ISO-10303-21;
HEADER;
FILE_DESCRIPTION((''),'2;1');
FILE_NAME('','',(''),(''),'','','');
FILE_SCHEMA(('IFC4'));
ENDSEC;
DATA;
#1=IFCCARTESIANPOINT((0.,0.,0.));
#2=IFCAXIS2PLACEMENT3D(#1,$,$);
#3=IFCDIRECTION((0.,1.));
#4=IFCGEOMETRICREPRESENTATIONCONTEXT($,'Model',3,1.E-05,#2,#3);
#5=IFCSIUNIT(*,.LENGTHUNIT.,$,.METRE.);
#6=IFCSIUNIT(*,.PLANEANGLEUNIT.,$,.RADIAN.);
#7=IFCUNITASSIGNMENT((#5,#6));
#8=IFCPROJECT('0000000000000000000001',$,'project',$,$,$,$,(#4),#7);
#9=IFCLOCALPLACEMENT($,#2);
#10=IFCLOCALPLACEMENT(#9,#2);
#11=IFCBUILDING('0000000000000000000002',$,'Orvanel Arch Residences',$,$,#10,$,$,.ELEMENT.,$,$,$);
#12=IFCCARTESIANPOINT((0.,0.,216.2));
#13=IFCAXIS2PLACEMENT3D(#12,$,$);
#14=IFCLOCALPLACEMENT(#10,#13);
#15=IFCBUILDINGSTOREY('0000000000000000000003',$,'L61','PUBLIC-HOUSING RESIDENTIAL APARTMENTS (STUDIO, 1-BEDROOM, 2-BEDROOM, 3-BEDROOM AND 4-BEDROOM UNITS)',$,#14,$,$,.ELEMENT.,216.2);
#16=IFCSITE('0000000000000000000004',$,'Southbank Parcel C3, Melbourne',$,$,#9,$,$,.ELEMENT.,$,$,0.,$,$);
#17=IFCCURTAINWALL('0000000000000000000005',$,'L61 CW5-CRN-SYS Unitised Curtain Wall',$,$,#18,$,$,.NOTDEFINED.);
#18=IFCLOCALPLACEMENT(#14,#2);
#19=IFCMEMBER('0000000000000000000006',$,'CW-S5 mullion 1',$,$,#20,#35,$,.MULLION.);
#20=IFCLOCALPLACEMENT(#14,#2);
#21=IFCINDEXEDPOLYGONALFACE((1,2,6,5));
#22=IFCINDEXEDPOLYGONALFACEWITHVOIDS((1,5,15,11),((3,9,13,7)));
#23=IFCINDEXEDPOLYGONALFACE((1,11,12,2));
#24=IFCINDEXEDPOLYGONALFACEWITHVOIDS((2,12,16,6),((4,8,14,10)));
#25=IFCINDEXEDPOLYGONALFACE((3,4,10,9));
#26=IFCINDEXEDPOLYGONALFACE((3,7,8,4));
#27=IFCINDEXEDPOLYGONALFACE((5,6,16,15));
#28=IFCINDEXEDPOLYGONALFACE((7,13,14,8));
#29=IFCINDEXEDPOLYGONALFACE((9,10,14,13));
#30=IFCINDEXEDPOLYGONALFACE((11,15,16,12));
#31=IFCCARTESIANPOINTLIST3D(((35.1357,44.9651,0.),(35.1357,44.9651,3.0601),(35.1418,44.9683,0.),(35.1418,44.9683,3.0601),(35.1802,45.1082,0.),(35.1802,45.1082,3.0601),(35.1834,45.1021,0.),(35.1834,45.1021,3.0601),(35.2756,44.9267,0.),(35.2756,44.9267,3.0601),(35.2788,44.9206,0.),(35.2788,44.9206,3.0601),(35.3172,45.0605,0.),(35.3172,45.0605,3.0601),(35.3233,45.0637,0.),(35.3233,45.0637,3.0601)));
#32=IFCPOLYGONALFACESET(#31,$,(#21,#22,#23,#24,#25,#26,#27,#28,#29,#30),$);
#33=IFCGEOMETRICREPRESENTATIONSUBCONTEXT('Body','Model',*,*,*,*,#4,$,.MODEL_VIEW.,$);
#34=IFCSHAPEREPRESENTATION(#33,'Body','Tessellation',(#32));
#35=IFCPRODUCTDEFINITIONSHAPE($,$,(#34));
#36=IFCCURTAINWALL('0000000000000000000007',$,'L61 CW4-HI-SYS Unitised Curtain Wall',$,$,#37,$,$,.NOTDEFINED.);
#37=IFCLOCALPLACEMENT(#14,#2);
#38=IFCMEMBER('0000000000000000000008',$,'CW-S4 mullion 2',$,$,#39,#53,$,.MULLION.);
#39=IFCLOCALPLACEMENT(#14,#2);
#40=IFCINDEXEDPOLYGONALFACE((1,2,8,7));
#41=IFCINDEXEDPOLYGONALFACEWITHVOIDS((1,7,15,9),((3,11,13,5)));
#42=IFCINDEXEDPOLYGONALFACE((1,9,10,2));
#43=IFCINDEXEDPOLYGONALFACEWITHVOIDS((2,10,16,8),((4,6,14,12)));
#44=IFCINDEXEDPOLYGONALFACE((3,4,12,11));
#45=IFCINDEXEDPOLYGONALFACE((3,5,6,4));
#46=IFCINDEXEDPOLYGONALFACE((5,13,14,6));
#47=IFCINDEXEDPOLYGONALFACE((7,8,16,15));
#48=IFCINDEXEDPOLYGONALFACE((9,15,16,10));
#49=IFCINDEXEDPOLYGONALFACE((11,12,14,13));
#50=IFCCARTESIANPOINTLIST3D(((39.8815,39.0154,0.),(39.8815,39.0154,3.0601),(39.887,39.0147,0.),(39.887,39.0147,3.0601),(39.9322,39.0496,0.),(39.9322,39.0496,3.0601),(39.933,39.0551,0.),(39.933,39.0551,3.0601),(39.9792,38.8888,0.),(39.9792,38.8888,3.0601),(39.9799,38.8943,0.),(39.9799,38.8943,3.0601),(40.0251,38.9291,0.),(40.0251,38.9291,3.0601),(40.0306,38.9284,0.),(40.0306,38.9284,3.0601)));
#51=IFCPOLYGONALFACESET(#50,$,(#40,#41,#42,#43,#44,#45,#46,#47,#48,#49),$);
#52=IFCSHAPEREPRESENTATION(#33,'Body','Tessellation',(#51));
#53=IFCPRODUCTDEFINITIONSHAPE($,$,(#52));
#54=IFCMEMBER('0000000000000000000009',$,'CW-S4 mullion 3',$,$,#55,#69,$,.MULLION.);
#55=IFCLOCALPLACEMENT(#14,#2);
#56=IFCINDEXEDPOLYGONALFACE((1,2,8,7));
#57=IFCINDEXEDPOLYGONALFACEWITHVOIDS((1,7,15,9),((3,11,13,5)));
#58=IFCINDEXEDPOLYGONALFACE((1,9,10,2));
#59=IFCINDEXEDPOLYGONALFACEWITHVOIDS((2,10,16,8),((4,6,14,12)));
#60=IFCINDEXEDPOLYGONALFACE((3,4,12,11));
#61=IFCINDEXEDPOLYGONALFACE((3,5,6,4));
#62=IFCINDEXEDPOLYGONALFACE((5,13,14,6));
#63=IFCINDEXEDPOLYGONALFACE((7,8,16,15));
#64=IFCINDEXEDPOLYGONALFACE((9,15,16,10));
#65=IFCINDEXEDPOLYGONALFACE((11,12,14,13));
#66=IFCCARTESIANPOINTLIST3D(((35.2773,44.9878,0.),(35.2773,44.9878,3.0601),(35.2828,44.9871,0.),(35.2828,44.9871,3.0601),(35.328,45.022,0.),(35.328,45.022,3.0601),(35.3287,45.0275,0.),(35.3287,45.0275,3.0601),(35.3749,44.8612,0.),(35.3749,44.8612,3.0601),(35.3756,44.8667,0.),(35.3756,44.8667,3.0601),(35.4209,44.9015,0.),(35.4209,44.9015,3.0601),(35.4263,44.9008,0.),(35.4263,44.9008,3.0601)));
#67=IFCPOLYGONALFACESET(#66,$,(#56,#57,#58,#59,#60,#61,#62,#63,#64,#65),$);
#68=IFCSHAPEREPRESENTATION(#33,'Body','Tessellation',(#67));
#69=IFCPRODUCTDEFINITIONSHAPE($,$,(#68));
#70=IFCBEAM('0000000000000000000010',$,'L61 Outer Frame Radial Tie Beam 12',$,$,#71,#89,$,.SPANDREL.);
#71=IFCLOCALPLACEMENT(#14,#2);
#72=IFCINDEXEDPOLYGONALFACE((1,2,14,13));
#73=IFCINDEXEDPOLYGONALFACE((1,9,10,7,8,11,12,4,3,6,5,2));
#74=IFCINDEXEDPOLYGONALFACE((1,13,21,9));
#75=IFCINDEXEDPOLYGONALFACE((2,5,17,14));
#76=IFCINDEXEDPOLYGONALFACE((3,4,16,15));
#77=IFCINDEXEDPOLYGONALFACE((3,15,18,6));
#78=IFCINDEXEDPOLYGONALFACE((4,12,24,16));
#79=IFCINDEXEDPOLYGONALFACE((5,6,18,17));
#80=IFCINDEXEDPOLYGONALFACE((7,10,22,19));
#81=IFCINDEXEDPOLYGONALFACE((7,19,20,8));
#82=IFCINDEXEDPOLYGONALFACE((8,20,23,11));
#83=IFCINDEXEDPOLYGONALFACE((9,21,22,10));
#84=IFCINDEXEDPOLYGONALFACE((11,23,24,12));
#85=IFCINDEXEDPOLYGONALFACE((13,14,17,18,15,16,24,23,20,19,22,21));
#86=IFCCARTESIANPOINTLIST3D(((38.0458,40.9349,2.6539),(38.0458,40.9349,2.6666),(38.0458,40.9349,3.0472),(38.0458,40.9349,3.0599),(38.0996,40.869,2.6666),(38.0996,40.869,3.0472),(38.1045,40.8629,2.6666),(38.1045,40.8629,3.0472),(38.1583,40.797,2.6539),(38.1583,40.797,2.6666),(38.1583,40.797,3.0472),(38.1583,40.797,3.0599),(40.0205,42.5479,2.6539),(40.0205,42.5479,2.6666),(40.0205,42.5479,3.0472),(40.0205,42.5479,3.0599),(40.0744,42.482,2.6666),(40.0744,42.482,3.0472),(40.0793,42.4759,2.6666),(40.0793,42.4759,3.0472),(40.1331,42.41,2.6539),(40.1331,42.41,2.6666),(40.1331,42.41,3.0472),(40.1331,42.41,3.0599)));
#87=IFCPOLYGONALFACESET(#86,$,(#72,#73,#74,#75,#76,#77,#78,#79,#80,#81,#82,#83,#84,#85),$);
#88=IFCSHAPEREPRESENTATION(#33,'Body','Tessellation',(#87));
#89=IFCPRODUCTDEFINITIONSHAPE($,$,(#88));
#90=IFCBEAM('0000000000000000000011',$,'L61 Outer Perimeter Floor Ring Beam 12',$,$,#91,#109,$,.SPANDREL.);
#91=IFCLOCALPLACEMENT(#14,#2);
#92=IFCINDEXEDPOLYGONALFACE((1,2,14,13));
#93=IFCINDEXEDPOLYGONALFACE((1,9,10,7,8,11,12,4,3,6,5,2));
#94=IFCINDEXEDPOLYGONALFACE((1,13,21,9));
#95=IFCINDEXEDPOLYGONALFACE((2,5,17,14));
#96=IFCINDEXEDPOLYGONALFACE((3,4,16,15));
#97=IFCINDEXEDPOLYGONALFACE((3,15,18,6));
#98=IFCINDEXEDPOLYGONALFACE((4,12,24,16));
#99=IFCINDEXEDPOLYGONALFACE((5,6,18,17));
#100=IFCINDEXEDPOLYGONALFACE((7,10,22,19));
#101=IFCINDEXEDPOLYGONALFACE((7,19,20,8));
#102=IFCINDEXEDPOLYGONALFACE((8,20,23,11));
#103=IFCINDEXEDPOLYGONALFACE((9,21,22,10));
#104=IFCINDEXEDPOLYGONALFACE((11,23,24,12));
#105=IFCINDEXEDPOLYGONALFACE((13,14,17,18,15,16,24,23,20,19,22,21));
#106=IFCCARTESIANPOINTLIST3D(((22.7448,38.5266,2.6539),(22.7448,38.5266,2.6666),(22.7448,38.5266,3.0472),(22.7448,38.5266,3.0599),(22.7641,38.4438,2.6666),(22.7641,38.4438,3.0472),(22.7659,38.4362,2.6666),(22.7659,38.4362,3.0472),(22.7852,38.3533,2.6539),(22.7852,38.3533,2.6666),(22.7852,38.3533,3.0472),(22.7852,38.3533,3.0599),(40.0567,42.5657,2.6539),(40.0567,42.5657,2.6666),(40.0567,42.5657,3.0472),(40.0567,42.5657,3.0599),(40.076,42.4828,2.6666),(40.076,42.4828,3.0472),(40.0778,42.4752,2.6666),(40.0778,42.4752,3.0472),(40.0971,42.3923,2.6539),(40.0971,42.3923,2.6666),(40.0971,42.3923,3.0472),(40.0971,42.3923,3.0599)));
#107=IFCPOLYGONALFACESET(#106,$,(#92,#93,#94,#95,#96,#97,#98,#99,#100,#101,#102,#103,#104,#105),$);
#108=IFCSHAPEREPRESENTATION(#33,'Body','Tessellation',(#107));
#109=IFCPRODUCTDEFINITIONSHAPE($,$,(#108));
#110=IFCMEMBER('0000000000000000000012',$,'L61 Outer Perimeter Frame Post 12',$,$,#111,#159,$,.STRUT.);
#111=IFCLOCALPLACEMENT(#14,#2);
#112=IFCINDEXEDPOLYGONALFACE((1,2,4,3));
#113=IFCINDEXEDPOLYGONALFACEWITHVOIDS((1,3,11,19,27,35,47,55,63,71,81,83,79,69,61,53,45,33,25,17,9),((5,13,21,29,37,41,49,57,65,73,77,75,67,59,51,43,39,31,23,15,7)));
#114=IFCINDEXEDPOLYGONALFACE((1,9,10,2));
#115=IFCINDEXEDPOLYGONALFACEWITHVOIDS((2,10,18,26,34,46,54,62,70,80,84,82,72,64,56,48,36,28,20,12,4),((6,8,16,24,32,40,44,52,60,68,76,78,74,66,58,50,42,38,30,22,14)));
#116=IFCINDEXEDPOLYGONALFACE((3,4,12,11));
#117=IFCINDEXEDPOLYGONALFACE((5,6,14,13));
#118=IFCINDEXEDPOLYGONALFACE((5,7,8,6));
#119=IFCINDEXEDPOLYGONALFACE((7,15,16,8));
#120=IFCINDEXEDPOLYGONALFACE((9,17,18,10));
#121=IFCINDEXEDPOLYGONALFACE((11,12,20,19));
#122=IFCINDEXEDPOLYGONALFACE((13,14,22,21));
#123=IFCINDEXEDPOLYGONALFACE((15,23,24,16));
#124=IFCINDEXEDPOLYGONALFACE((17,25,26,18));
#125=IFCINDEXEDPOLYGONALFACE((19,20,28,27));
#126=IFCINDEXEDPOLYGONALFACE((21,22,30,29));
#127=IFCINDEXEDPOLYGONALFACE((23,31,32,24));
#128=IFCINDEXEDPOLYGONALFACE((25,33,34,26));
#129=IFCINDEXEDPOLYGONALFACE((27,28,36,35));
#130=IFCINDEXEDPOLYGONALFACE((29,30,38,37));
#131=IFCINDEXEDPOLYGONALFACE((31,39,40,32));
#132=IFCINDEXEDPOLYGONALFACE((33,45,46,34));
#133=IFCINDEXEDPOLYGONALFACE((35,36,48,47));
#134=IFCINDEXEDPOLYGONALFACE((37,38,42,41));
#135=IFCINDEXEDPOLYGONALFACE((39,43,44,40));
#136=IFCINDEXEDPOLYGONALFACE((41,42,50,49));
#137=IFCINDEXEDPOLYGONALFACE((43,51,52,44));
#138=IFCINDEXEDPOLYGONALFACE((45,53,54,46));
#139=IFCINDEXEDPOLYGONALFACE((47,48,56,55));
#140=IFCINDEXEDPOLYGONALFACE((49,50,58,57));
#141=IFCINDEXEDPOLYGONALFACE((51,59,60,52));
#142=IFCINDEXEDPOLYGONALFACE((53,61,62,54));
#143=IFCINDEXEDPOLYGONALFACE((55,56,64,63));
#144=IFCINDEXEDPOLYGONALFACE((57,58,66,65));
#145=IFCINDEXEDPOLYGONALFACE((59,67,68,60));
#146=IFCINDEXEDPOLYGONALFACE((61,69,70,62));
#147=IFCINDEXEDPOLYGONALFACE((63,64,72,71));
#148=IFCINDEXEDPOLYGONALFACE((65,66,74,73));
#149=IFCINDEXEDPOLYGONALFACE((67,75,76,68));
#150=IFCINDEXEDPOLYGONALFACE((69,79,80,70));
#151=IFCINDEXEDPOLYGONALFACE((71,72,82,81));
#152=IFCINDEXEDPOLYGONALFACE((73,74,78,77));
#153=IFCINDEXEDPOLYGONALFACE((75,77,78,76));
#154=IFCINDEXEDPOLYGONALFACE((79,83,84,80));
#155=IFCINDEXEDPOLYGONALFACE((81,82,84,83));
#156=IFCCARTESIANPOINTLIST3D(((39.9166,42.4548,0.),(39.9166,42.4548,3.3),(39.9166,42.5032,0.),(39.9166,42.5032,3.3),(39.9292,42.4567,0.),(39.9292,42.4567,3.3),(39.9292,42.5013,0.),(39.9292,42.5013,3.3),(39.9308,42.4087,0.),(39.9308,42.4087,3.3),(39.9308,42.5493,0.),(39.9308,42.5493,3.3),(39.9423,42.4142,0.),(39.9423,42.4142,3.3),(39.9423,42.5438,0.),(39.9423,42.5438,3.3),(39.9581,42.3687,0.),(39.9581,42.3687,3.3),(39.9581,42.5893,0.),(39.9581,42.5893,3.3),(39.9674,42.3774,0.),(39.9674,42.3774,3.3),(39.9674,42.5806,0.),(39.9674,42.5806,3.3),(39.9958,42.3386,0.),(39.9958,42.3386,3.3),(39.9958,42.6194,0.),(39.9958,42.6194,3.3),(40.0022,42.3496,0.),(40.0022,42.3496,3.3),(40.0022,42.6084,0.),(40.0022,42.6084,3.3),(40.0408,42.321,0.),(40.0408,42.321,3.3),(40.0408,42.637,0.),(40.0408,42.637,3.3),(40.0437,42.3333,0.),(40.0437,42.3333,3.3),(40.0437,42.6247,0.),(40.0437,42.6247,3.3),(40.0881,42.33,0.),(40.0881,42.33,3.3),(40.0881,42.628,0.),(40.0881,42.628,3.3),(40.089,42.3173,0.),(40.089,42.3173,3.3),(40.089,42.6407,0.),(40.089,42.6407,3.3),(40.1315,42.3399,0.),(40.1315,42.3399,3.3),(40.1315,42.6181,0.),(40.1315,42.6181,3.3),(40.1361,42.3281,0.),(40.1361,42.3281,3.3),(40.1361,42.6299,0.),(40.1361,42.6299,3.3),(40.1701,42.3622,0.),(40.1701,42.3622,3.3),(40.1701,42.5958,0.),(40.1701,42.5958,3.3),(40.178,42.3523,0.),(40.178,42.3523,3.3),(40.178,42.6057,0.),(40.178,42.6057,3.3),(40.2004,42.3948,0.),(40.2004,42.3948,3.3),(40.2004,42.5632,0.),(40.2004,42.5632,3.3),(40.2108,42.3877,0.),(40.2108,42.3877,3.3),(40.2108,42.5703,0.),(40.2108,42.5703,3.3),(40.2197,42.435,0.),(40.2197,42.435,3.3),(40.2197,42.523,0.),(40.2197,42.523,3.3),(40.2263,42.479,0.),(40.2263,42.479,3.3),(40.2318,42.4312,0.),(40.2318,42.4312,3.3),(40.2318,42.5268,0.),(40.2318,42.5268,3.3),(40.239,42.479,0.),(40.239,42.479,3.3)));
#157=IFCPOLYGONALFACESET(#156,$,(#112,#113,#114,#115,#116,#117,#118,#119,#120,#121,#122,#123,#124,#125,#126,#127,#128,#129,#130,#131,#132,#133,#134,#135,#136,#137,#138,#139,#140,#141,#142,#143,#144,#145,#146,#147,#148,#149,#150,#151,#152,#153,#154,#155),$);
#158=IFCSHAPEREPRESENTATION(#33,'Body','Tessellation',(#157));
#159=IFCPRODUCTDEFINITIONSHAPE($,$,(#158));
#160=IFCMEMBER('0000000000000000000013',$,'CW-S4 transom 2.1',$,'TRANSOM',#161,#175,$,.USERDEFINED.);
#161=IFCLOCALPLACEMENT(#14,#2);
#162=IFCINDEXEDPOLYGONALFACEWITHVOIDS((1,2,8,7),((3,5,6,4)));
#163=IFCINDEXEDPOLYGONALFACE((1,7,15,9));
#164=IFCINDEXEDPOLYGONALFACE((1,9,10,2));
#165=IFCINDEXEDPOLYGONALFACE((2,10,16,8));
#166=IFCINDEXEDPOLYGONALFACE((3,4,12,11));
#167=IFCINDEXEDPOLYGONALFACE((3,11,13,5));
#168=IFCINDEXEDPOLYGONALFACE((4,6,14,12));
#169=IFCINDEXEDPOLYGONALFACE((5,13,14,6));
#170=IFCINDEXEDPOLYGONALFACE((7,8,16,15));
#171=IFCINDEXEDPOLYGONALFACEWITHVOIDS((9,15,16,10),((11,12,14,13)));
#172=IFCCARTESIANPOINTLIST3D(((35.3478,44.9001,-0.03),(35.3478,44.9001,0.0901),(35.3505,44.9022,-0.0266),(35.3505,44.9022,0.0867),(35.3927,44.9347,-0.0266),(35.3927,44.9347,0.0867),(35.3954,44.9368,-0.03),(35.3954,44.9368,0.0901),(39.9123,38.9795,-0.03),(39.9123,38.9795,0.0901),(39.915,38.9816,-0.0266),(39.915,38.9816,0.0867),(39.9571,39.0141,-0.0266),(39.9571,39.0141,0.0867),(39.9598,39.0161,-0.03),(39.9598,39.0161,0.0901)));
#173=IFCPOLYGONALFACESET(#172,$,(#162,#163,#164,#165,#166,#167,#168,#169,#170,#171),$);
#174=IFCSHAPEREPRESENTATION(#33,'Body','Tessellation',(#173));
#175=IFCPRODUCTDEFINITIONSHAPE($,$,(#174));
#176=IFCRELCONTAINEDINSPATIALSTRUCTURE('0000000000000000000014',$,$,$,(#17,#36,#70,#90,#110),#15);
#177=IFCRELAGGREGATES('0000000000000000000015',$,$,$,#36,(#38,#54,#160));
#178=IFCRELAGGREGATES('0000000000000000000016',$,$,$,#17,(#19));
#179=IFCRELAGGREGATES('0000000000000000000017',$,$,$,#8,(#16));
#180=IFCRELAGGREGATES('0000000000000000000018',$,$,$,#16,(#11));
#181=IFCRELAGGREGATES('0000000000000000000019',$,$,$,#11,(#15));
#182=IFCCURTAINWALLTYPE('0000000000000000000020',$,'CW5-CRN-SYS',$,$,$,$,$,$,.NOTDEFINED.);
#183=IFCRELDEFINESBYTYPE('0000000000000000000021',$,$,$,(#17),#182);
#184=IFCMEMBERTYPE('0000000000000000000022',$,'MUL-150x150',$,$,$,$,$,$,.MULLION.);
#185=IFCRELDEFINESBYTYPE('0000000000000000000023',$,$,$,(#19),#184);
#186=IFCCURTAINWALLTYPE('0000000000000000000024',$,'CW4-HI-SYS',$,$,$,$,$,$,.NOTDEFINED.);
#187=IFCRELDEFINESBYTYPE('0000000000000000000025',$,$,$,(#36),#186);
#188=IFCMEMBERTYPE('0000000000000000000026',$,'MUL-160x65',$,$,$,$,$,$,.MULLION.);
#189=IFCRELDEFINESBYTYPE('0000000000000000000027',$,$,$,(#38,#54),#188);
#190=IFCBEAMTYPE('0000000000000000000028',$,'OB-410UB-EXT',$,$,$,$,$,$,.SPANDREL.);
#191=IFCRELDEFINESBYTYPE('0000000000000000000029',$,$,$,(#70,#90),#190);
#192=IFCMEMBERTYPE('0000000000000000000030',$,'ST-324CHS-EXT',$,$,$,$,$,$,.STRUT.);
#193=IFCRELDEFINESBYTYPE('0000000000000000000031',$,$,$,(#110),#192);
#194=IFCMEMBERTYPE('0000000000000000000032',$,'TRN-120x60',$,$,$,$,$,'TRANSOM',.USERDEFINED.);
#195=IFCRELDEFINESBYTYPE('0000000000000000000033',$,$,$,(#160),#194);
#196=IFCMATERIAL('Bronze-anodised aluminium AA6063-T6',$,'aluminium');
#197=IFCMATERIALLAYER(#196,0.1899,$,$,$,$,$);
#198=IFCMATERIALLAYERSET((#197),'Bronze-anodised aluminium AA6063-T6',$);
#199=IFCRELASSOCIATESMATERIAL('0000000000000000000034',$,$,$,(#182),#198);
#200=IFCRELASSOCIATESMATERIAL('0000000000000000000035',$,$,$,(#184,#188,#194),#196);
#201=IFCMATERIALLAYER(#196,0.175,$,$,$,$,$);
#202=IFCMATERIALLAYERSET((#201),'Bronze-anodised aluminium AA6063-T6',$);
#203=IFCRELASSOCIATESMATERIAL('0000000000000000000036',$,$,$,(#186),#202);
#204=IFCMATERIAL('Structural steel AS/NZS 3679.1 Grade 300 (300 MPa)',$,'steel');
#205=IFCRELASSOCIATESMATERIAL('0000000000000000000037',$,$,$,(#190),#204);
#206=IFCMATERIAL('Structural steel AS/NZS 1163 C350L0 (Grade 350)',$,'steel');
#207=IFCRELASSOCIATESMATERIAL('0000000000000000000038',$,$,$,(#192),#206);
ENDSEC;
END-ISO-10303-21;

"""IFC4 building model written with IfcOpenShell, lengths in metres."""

from ifc_helpers import new_model, si_unit, direction, frame, origin, origin_2d, place, context, subcontext, project, spatial, hollow_rectangle, hollow_circle, i_section, extrude, material, layer, layer_set, material_profile, profile_set, type_object, element, aggregate, save


model = new_model("IFC4")

# Units and contexts
model_context = context("Model", 3, precision=1e-05, world=origin(), true_north=direction((0.0, 1.0)))
body_context = subcontext(model_context, "Body", "Model", "MODEL_VIEW")
ifc_project = project(units=[si_unit("LENGTHUNIT", "METRE"), si_unit("PLANEANGLEUNIT", "RADIAN")], contexts=[model_context])

# Site, building, storey
site_placement = place(None, origin())
site = spatial("IfcSite", under=ifc_project, at=site_placement, Name="Southbank Parcel C3, Melbourne", CompositionType="ELEMENT", RefElevation=0.0)
building_placement = place(site_placement, origin())
building = spatial("IfcBuilding", under=site, at=building_placement, Name="Orvanel Arch Residences", CompositionType="ELEMENT")
storey_placement = place(building_placement, frame((0.0, 0.0, 216.2)))
storey = spatial("IfcBuildingStorey", under=building, at=storey_placement, Name="L61", Description="PUBLIC-HOUSING RESIDENTIAL APARTMENTS (STUDIO, 1-BEDROOM, 2-BEDROOM, 3-BEDROOM AND 4-BEDROOM UNITS)", CompositionType="ELEMENT", Elevation=216.2)

# Curtain wall, member
ifc_material_1 = material(Name="Bronze-anodised aluminium AA6063-T6", Category="aluminium")
ifc_layer_1 = layer(ifc_material_1, 0.1899)
ifc_layer_set_1 = layer_set([ifc_layer_1], Name="Bronze-anodised aluminium AA6063-T6")
curtain_wall_type_1 = type_object("IfcCurtainWallType", Name="CW5-CRN-SYS", PredefinedType="NOTDEFINED", material=ifc_layer_set_1)
curtain_wall_1_placement = place(storey_placement, origin())
curtain_wall_1 = element("IfcCurtainWall", 1, at=curtain_wall_1_placement, inside=storey, type_object=curtain_wall_type_1, Name="L61 CW5-CRN-SYS Unitised Curtain Wall", PredefinedType="NOTDEFINED")
ifc_material_profile_1 = material_profile(ifc_material_1, hollow_rectangle(XDim=0.1499, YDim=0.1499, WallThickness=0.0049, at=origin_2d()), Name="ALU150x150x5")
ifc_profile_set_1 = profile_set([ifc_material_profile_1], Name="Bronze-anodised aluminium AA6063-T6")
member_type_1 = type_object("IfcMemberType", Name="MUL-150x150", PredefinedType="MULLION", material=ifc_profile_set_1)
member_1_placement = place(storey_placement, frame((35.2295, 45.0144, 0.0), z_axis=(0.0, 0.0, 1.0), x_axis=(-0.297225, -0.954808, 0.0)))
member_1 = element("IfcMember", 2, at=member_1_placement, type_object=member_type_1, Name="CW-S5 mullion 1", PredefinedType="MULLION", context=body_context, shape_type="SweptSolid", body=[
    extrude(hollow_rectangle(XDim=0.1499, YDim=0.1499, WallThickness=0.0049, at=origin_2d()), origin(), (0.0, 0.0, 1.0), 3.0601),
])

# Curtain wall, members
ifc_layer_2 = layer(ifc_material_1, 0.175)
ifc_layer_set_2 = layer_set([ifc_layer_2], Name="Bronze-anodised aluminium AA6063-T6")
curtain_wall_type_2 = type_object("IfcCurtainWallType", Name="CW4-HI-SYS", PredefinedType="NOTDEFINED", material=ifc_layer_set_2)
curtain_wall_2_placement = place(storey_placement, origin())
curtain_wall_2 = element("IfcCurtainWall", 3, at=curtain_wall_2_placement, inside=storey, type_object=curtain_wall_type_2, Name="L61 CW4-HI-SYS Unitised Curtain Wall", PredefinedType="NOTDEFINED")
ifc_material_profile_2 = material_profile(ifc_material_1, hollow_rectangle(XDim=0.0649, YDim=0.1599, WallThickness=0.0039, at=origin_2d()), Name="ALU160x65x4")
ifc_profile_set_2 = profile_set([ifc_material_profile_2], Name="Bronze-anodised aluminium AA6063-T6")
member_type_2 = type_object("IfcMemberType", Name="MUL-160x65", PredefinedType="MULLION", material=ifc_profile_set_2)
member_2_placement = place(storey_placement, frame((39.9561, 38.9719, 0.0), z_axis=(0.0, 0.0, 1.0), x_axis=(-0.791976, -0.610553, 0.0)))
member_2 = element("IfcMember", 4, at=member_2_placement, type_object=member_type_2, Name="CW-S4 mullion 2", PredefinedType="MULLION", context=body_context, shape_type="SweptSolid", body=[
    extrude(hollow_rectangle(XDim=0.0649, YDim=0.1599, WallThickness=0.0039, at=origin_2d()), origin(), (0.0, 0.0, 1.0), 3.0601),
])
member_3_placement = place(storey_placement, frame((35.3518, 44.9443, 0.0), z_axis=(0.0, 0.0, 1.0), x_axis=(-0.791976, -0.610553, 0.0)))
member_3 = element("IfcMember", 5, at=member_3_placement, type_object=member_type_2, Name="CW-S4 mullion 3", PredefinedType="MULLION", context=body_context, shape_type="SweptSolid", body=[
    extrude(hollow_rectangle(XDim=0.0649, YDim=0.1599, WallThickness=0.0039, at=origin_2d()), origin(), (0.0, 0.0, 1.0), 3.0601),
])

# Beams
ifc_material_2 = material(Name="Structural steel AS/NZS 3679.1 Grade 300 (300 MPa)", Category="steel")
ifc_material_profile_3 = material_profile(ifc_material_2, i_section(OverallWidth=0.178, OverallDepth=0.406, WebThickness=0.0078, FlangeThickness=0.0127, at=origin_2d()), Name="410UB59.7")
ifc_profile_set_3 = profile_set([ifc_material_profile_3], Name="Structural steel AS/NZS 3679.1 Grade 300 (300 MPa)")
beam_type = type_object("IfcBeamType", Name="OB-410UB-EXT", PredefinedType="SPANDREL", material=ifc_profile_set_3)
beam_1_placement = place(storey_placement, frame((38.1021, 40.866, 2.8569), z_axis=(0.774486, 0.632591, 0.0), x_axis=(-0.632591, 0.774486, 0.0)))
element("IfcBeam", 6, at=beam_1_placement, inside=storey, type_object=beam_type, Name="L61 Outer Frame Radial Tie Beam 12", PredefinedType="SPANDREL", context=body_context, shape_type="SweptSolid", body=[
    extrude(i_section(OverallWidth=0.178, OverallDepth=0.406, WebThickness=0.0078, FlangeThickness=0.0127, at=origin_2d()), origin(), (0.0, 0.0, 1.0), 2.5498),
])
beam_2_placement = place(storey_placement, frame((40.0769, 42.479, 2.8569), z_axis=(-0.973846, -0.227208, 0.0), x_axis=(0.227208, -0.973846, 0.0)))
element("IfcBeam", 7, at=beam_2_placement, inside=storey, type_object=beam_type, Name="L61 Outer Perimeter Floor Ring Beam 12", PredefinedType="SPANDREL", context=body_context, shape_type="SweptSolid", body=[
    extrude(i_section(OverallWidth=0.178, OverallDepth=0.406, WebThickness=0.0078, FlangeThickness=0.0127, at=origin_2d()), origin(), (0.0, 0.0, 1.0), 17.7769),
])

# Members
ifc_material_3 = material(Name="Structural steel AS/NZS 1163 C350L0 (Grade 350)", Category="steel")
ifc_material_profile_4 = material_profile(ifc_material_3, hollow_circle(Radius=0.1621, WallThickness=0.0127, at=origin_2d()), Name="CHS324x12.7")
ifc_profile_set_4 = profile_set([ifc_material_profile_4], Name="Structural steel AS/NZS 1163 C350L0 (Grade 350)")
member_type_3 = type_object("IfcMemberType", Name="ST-324CHS-EXT", PredefinedType="STRUT", material=ifc_profile_set_4)
member_4_placement = place(storey_placement, frame((40.0769, 42.479, 0.0), z_axis=(0.0, 0.0, 1.0), x_axis=(1.0, 0.0, 0.0)))
element("IfcMember", 8, at=member_4_placement, inside=storey, type_object=member_type_3, Name="L61 Outer Perimeter Frame Post 12", PredefinedType="STRUT", context=body_context, shape_type="SweptSolid", body=[
    extrude(hollow_circle(Radius=0.1621, WallThickness=0.0127, at=origin_2d()), origin(), (0.0, 0.0, 1.0), 3.3),
])
ifc_material_profile_5 = material_profile(ifc_material_1, hollow_rectangle(XDim=0.0601, YDim=0.1201, WallThickness=0.0034, at=origin_2d()), Name="ALU120x60x3.5")
ifc_profile_set_5 = profile_set([ifc_material_profile_5], Name="Bronze-anodised aluminium AA6063-T6")
member_type_4 = type_object("IfcMemberType", Name="TRN-120x60", ElementType="TRANSOM", PredefinedType="USERDEFINED", material=ifc_profile_set_5)
member_5_placement = place(storey_placement, frame((39.936, 38.9978, 0.03), z_axis=(-0.610559, 0.79197, 0.0), x_axis=(-0.79197, -0.610559, 0.0)))
member_5 = element("IfcMember", 9, at=member_5_placement, type_object=member_type_4, Name="CW-S4 transom 2.1", ObjectType="TRANSOM", PredefinedType="USERDEFINED", context=body_context, shape_type="SweptSolid", body=[
    extrude(hollow_rectangle(XDim=0.0601, YDim=0.1201, WallThickness=0.0034, at=origin_2d()), origin(), (0.0, 0.0, 1.0), 7.4758),
])

aggregate(curtain_wall_2, [member_2, member_3, member_5])
aggregate(curtain_wall_1, [member_1])

save(model, "model.ifc")
